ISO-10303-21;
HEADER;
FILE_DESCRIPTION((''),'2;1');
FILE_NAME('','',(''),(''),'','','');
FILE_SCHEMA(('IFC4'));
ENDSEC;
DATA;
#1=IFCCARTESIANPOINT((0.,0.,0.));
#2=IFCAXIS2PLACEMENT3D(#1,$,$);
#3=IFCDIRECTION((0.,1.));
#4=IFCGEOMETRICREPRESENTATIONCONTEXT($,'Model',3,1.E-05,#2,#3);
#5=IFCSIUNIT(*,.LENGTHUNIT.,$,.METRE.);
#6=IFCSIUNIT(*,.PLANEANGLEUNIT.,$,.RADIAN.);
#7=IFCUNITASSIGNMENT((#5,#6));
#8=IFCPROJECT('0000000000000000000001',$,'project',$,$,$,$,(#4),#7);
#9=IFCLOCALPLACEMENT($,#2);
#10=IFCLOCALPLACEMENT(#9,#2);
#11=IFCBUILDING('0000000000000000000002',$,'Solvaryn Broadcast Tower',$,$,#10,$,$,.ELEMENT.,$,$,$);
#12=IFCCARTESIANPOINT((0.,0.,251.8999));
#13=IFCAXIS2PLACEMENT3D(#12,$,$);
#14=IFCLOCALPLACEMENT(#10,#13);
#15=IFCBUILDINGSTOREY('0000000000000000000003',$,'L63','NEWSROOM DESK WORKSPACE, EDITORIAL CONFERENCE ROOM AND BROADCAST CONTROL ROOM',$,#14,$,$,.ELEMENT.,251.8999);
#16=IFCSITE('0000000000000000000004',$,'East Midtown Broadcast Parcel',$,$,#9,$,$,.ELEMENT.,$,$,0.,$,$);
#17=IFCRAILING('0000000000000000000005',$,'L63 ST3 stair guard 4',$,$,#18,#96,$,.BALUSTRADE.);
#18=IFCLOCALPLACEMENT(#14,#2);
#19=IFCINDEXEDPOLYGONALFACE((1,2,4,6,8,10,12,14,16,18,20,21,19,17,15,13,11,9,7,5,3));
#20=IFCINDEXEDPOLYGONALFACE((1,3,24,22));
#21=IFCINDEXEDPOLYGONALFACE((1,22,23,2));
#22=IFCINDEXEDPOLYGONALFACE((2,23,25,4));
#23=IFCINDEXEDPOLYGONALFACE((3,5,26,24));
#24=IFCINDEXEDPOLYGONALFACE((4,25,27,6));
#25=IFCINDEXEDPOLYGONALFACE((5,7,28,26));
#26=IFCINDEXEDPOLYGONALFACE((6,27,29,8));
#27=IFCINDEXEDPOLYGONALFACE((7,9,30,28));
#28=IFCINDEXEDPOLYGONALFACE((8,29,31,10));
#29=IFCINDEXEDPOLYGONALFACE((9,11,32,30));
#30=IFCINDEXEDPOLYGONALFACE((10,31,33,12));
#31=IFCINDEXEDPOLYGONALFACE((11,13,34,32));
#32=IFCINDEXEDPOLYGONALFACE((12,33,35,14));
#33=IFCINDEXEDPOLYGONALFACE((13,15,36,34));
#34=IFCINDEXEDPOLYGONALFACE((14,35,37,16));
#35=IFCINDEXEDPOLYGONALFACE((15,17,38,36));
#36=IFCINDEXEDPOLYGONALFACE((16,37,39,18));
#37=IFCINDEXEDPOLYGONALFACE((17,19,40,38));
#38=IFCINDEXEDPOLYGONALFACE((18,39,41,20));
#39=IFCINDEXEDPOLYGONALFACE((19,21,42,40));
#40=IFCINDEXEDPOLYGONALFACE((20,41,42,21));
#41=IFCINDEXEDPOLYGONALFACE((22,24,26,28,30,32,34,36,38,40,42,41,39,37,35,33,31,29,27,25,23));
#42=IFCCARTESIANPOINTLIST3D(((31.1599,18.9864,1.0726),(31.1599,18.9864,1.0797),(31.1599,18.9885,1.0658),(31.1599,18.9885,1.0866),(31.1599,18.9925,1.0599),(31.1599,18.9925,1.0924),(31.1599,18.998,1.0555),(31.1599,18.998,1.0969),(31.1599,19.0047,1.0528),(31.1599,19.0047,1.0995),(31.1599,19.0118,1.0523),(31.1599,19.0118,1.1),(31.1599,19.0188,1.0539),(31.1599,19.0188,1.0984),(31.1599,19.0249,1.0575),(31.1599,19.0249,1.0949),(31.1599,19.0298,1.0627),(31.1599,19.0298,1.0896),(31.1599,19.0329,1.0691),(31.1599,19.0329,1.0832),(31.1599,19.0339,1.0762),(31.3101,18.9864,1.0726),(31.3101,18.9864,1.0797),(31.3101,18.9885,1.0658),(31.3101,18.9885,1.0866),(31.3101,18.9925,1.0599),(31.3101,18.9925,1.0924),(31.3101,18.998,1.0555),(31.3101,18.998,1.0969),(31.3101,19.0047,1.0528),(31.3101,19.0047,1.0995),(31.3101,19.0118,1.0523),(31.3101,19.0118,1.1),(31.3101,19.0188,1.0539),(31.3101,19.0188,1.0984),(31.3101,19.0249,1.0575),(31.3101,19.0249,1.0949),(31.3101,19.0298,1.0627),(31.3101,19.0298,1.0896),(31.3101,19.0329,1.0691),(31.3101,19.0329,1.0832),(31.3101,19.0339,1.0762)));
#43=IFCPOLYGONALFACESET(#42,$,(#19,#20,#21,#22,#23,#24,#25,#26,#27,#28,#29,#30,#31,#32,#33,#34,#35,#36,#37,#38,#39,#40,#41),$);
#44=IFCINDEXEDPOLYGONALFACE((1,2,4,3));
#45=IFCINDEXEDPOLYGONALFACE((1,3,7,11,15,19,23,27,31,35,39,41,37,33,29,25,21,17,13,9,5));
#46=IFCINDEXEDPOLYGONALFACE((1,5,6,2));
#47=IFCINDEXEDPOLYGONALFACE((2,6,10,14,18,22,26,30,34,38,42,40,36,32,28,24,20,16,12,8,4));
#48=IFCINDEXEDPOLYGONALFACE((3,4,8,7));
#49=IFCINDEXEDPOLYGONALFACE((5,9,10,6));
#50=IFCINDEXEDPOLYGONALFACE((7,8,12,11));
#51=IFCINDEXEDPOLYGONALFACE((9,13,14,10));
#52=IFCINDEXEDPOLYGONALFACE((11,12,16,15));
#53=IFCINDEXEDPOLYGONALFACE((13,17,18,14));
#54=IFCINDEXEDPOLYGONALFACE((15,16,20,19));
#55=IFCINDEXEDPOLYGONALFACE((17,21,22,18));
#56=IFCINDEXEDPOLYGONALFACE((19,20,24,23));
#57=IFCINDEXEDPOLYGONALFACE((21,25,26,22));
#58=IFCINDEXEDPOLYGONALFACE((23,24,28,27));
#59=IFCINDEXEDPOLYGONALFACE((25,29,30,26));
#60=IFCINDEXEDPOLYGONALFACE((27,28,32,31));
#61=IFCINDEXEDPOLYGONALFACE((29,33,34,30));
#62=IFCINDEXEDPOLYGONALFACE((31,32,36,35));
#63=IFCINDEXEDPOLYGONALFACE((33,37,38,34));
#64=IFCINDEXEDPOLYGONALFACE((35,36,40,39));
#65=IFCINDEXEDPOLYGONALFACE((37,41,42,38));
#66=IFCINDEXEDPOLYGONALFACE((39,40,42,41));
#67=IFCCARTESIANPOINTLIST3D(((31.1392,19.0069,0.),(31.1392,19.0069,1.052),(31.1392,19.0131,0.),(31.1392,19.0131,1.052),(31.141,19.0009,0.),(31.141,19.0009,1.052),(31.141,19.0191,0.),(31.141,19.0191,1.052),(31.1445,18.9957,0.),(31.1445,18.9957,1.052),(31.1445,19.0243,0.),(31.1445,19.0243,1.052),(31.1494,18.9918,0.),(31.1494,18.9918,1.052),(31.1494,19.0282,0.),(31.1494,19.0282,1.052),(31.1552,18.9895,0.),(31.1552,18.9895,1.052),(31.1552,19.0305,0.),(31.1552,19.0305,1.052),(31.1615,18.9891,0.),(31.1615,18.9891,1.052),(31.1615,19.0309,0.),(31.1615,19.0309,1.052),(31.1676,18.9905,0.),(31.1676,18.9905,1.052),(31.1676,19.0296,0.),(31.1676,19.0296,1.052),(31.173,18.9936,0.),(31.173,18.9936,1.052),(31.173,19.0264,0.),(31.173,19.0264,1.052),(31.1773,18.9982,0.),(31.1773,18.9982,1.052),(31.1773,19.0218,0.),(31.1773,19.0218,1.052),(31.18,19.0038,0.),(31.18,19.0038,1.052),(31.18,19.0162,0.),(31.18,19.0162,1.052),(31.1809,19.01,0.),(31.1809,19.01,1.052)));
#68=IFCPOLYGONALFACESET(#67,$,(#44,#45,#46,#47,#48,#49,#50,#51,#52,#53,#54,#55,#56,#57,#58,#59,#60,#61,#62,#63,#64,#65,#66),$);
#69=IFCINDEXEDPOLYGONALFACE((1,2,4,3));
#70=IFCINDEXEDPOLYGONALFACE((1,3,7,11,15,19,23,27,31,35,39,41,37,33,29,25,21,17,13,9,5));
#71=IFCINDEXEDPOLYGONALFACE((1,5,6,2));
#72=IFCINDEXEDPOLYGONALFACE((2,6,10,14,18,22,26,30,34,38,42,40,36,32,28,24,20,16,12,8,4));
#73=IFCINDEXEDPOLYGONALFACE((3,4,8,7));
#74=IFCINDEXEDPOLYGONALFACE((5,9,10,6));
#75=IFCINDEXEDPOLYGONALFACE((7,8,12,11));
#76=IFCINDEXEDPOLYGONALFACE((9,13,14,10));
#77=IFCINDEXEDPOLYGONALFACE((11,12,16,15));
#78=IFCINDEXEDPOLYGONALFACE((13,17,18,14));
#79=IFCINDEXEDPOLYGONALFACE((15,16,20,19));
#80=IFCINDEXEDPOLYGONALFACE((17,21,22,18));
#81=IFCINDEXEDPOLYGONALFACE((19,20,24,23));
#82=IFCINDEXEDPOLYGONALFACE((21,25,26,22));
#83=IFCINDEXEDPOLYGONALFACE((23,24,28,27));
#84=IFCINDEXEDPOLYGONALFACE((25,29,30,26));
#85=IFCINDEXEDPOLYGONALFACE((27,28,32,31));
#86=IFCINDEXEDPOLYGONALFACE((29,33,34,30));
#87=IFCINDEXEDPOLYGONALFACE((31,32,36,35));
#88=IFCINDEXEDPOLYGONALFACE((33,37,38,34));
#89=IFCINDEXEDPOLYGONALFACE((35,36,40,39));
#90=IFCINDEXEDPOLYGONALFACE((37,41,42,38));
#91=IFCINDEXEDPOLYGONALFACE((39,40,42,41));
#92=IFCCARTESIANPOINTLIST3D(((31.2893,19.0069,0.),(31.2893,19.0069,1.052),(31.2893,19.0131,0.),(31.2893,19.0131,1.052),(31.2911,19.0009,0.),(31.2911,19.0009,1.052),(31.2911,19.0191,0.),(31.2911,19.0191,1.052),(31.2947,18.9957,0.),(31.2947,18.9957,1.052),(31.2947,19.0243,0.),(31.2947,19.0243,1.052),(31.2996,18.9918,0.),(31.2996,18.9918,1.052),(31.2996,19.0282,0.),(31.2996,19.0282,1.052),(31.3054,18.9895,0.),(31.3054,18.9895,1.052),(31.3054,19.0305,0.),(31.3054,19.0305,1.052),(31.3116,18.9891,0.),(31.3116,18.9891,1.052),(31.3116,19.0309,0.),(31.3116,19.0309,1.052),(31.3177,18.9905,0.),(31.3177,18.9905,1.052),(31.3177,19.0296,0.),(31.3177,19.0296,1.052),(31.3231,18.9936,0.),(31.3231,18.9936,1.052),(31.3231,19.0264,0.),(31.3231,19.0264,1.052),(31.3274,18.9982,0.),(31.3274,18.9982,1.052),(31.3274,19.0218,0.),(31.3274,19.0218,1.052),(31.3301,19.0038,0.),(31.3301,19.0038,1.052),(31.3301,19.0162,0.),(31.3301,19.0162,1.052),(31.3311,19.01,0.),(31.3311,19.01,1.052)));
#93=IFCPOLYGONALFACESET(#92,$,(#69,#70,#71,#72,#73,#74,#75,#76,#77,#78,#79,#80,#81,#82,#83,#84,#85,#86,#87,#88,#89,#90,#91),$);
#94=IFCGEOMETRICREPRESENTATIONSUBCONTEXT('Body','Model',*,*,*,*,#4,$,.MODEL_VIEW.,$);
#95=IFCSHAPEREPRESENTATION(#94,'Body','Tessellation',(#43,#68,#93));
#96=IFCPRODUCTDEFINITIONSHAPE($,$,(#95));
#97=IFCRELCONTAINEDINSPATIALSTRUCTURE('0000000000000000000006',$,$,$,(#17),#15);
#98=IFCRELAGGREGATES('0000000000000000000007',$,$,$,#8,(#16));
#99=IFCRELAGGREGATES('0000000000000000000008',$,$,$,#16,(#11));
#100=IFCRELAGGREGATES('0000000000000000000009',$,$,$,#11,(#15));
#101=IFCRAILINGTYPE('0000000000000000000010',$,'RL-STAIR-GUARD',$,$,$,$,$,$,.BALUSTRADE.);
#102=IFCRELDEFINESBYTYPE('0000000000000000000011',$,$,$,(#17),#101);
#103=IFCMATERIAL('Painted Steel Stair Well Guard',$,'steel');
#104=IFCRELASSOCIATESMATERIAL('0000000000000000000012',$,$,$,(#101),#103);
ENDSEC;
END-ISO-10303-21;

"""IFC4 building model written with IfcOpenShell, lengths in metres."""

from ifc_helpers import new_model, si_unit, direction, frame, origin, origin_2d, place, context, subcontext, project, spatial, circle, extrude, material, type_object, element, save


model = new_model("IFC4")

# Units and contexts
model_context = context("Model", 3, precision=1e-05, world=origin(), true_north=direction((0.0, 1.0)))
body_context = subcontext(model_context, "Body", "Model", "MODEL_VIEW")
ifc_project = project(units=[si_unit("LENGTHUNIT", "METRE"), si_unit("PLANEANGLEUNIT", "RADIAN")], contexts=[model_context])

# Site, building, storey
site_placement = place(None, origin())
site = spatial("IfcSite", under=ifc_project, at=site_placement, Name="East Midtown Broadcast Parcel", CompositionType="ELEMENT", RefElevation=0.0)
building_placement = place(site_placement, origin())
building = spatial("IfcBuilding", under=site, at=building_placement, Name="Solvaryn Broadcast Tower", CompositionType="ELEMENT")
storey_placement = place(building_placement, frame((0.0, 0.0, 251.8999)))
storey = spatial("IfcBuildingStorey", under=building, at=storey_placement, Name="L63", Description="NEWSROOM DESK WORKSPACE, EDITORIAL CONFERENCE ROOM AND BROADCAST CONTROL ROOM", CompositionType="ELEMENT", Elevation=251.8999)

# Railing
ifc_material_1 = material(Name="Painted Steel Stair Well Guard", Category="steel")
railing_type_1 = type_object("IfcRailingType", Name="RL-STAIR-GUARD", PredefinedType="BALUSTRADE", material=ifc_material_1)
railing_1_placement = place(storey_placement, frame((31.1599, 19.01, 0.0)))
element("IfcRailing", 1, at=railing_1_placement, inside=storey, type_object=railing_type_1, Name="L63 ST3 stair guard 4", PredefinedType="BALUSTRADE", context=body_context, shape_type="SweptSolid", body=[
    extrude(circle(Radius=0.0239, at=origin_2d()), frame((0.0, 0.0, 1.0762), z_axis=(1.0, 0.0, 0.0), x_axis=(0.0, 1.0, 0.0)), (0.0, 0.0, 1.0), 0.1501),
    extrude(circle(Radius=0.021, at=origin_2d()), origin(), (0.0, 0.0, 1.0), 1.052),
    extrude(circle(Radius=0.021, at=origin_2d()), frame((0.1501, 0.0, 0.0)), (0.0, 0.0, 1.0), 1.052),
])

save(model, "model.ifc")
